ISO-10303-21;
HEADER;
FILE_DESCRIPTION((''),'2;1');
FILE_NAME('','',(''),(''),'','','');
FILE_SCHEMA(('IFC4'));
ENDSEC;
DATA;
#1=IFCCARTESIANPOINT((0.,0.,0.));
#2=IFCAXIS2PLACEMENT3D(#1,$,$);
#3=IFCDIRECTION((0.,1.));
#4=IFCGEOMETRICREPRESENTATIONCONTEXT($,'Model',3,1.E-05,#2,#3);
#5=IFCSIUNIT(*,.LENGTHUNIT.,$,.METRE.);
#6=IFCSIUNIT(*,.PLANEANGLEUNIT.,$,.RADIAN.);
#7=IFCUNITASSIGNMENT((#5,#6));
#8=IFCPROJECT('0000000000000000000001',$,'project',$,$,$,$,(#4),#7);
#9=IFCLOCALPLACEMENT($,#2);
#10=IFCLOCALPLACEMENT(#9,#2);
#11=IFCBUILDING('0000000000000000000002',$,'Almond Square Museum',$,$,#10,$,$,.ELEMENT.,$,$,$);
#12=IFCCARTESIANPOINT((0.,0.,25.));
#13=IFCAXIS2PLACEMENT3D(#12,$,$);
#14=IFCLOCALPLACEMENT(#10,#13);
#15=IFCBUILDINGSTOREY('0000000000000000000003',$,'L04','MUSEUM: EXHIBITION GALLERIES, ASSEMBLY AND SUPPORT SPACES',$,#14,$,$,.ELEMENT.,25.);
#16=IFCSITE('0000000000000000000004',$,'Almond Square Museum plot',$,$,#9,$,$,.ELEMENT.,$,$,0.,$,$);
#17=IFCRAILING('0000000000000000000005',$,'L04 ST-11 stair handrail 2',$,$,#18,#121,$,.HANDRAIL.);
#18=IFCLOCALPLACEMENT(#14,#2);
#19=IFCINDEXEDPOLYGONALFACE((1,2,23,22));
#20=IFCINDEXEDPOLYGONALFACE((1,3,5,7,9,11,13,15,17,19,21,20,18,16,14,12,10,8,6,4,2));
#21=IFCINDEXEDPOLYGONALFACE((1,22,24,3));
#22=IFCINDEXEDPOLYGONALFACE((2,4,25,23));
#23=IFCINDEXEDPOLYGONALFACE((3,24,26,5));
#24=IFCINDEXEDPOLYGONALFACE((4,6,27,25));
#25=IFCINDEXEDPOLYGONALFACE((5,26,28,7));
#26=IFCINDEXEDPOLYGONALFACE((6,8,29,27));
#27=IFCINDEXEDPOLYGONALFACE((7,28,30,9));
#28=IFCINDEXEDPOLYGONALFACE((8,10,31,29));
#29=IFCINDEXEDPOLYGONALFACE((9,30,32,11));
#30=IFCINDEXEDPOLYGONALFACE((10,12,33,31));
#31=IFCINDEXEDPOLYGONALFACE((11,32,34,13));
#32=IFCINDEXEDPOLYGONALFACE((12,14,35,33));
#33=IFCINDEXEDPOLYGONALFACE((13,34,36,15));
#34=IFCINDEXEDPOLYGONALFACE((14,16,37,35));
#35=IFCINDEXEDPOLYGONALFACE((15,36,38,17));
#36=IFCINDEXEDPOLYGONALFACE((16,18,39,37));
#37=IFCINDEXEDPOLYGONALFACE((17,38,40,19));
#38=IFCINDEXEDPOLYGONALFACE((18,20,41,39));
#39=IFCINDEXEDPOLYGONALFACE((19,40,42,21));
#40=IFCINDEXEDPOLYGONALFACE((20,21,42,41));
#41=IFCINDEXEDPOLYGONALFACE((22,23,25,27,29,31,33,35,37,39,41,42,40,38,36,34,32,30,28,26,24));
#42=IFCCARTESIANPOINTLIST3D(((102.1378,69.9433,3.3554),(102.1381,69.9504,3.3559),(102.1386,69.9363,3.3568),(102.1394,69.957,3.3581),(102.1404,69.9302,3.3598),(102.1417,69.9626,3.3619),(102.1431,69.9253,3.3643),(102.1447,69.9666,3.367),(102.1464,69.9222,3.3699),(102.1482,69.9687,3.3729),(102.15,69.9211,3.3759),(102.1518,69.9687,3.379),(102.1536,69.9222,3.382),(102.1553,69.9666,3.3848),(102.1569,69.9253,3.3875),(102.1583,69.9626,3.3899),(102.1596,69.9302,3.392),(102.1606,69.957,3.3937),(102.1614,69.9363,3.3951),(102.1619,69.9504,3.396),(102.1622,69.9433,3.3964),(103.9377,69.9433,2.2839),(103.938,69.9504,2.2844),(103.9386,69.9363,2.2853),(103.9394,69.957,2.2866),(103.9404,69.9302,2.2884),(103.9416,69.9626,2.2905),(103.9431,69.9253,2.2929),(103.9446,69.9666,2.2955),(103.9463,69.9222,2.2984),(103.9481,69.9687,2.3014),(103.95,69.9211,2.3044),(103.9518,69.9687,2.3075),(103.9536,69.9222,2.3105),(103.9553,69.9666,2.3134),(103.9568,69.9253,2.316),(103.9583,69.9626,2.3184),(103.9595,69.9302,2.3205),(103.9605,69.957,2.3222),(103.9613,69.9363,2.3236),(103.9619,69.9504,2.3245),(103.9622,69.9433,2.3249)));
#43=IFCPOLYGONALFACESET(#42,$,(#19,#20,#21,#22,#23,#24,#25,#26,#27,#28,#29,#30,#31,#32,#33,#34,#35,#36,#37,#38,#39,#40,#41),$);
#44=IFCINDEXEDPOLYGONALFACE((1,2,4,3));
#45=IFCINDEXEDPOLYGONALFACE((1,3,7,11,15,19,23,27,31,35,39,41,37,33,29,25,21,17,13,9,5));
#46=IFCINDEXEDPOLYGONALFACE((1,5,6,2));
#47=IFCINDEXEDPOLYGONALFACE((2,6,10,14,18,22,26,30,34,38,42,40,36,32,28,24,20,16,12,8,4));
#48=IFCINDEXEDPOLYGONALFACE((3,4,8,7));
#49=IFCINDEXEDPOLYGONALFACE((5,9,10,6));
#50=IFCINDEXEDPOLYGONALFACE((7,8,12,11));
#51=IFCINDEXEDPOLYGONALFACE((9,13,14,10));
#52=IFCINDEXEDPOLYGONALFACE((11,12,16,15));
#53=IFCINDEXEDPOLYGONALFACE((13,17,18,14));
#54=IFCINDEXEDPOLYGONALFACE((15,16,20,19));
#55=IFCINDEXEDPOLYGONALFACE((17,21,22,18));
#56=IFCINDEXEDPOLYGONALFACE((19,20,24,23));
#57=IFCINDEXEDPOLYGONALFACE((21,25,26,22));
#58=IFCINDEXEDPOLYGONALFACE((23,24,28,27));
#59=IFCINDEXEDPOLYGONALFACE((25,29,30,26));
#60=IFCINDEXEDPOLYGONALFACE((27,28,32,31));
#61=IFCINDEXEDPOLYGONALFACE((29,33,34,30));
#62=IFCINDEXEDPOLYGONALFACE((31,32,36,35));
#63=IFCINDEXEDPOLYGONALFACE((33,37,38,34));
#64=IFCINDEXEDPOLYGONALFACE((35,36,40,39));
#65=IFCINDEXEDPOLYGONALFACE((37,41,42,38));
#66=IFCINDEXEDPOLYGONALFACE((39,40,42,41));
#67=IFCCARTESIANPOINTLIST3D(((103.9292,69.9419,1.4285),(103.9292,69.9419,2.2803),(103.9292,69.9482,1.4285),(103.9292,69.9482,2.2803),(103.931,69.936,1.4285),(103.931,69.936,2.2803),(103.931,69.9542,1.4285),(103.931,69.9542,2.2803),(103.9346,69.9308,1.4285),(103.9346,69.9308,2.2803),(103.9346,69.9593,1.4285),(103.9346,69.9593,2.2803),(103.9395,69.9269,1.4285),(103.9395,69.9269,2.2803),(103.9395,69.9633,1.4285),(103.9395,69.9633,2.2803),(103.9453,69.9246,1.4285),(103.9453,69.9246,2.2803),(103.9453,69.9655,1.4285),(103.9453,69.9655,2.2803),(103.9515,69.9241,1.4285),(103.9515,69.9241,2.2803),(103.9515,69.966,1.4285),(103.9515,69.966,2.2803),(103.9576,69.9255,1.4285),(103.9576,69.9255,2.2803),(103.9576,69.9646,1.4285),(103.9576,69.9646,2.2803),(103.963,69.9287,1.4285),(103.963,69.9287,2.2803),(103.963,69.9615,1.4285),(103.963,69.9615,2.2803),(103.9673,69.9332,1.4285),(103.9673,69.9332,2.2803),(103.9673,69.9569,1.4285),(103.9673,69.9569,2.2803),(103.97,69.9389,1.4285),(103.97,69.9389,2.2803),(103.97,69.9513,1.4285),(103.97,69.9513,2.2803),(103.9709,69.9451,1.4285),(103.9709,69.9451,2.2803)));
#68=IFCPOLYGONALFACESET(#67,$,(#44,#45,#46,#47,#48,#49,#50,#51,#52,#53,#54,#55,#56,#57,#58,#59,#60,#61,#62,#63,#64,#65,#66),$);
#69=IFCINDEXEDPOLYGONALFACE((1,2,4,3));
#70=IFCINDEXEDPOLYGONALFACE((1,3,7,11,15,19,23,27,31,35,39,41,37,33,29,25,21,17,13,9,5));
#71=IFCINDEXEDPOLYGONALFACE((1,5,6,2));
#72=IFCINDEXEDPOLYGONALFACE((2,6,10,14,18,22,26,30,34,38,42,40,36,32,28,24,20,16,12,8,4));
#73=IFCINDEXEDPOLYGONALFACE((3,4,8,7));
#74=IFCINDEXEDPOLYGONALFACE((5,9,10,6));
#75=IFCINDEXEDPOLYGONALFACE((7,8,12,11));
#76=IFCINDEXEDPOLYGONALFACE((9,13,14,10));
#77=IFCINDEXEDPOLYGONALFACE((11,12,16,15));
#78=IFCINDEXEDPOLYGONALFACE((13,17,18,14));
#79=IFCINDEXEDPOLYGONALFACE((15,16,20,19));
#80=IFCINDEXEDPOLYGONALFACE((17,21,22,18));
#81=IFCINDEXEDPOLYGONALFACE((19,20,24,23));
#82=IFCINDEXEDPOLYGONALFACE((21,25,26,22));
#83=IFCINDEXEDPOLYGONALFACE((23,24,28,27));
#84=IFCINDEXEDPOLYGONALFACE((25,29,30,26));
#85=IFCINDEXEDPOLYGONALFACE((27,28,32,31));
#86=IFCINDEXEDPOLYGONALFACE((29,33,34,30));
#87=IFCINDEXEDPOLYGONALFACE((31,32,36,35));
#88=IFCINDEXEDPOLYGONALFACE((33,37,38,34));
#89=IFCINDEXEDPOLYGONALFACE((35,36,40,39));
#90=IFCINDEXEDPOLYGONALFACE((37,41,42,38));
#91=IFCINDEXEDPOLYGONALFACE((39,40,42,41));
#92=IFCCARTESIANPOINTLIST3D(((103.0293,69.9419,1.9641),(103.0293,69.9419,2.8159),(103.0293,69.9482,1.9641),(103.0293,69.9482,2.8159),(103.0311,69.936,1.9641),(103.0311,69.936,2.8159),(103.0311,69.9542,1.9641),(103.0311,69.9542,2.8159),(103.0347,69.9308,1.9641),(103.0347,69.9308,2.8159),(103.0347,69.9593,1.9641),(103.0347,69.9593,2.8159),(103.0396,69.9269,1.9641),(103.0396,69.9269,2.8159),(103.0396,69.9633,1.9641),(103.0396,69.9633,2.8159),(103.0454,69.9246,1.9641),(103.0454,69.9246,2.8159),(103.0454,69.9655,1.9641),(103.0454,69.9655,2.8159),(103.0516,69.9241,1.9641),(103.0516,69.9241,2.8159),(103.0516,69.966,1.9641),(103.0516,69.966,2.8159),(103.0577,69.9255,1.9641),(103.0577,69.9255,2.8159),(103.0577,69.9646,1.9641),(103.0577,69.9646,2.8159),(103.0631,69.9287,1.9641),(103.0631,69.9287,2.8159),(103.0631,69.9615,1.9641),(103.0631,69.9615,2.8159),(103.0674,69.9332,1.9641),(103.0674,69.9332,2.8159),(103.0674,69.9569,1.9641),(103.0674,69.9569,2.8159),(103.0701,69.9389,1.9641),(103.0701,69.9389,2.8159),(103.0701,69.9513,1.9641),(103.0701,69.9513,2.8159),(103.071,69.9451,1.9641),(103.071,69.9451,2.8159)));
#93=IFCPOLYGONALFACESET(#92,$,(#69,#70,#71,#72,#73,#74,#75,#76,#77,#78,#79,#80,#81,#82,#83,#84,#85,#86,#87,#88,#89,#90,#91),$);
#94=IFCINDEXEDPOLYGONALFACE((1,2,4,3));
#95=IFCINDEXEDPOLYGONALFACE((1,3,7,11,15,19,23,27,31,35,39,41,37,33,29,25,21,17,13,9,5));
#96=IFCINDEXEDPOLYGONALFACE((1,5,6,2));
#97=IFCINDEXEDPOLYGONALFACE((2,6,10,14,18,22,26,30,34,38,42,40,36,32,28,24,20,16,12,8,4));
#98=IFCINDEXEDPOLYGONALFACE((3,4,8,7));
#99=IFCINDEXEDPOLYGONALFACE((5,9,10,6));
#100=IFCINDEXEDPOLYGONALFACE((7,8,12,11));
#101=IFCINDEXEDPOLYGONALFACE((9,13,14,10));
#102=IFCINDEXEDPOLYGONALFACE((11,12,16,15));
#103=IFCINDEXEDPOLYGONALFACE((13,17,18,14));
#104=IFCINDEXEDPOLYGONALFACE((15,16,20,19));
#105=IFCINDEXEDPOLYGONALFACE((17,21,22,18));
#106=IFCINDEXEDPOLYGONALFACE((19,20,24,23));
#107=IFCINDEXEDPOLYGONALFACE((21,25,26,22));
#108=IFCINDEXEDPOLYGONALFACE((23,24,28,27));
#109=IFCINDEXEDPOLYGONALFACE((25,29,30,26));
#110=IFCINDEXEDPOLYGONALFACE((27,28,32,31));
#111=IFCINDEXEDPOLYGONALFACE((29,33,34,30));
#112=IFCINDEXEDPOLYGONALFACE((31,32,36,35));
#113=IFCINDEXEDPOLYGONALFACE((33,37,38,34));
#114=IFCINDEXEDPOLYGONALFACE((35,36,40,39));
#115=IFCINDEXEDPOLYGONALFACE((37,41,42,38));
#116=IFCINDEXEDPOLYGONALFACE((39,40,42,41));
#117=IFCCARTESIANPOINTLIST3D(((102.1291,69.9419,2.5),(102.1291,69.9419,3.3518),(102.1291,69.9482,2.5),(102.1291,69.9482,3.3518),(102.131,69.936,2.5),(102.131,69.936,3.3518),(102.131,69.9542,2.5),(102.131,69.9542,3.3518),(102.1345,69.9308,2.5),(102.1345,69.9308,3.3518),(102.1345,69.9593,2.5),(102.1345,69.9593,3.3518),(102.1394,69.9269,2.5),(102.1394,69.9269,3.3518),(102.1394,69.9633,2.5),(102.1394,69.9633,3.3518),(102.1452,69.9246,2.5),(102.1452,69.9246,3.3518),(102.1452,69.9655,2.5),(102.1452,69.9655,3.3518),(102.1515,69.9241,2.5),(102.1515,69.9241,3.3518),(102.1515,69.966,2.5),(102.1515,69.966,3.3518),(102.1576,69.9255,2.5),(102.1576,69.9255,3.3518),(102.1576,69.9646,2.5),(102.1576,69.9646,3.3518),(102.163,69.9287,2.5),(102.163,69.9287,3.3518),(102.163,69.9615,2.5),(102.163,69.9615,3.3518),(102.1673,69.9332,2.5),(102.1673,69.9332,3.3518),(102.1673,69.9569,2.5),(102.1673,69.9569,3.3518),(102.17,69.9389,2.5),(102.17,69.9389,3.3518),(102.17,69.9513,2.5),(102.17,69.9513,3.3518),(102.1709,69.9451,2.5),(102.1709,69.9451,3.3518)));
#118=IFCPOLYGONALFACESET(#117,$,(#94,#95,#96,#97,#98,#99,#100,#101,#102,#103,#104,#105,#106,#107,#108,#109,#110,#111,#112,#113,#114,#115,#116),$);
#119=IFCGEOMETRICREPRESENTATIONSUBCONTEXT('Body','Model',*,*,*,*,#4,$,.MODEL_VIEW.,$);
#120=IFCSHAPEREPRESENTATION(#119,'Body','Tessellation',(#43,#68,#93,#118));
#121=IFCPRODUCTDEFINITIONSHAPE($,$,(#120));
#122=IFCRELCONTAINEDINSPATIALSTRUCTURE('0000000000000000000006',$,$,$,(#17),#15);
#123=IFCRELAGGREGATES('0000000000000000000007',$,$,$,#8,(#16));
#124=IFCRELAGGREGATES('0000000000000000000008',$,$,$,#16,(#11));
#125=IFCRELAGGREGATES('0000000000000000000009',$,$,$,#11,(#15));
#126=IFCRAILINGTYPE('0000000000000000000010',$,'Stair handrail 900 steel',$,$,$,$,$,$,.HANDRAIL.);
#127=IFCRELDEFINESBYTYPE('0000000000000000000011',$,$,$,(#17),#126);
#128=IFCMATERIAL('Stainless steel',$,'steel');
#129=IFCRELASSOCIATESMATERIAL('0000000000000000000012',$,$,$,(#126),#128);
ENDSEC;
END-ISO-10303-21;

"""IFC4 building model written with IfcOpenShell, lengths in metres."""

from ifc_helpers import new_model, si_unit, direction, frame, origin, origin_2d, place, context, subcontext, project, spatial, circle, extrude, material, type_object, element, save


model = new_model("IFC4")

# Units and contexts
model_context = context("Model", 3, precision=1e-05, world=origin(), true_north=direction((0.0, 1.0)))
body_context = subcontext(model_context, "Body", "Model", "MODEL_VIEW")
ifc_project = project(units=[si_unit("LENGTHUNIT", "METRE"), si_unit("PLANEANGLEUNIT", "RADIAN")], contexts=[model_context])

# Site, building, storey
site_placement = place(None, origin())
site = spatial("IfcSite", under=ifc_project, at=site_placement, Name="Almond Square Museum plot", CompositionType="ELEMENT", RefElevation=0.0)
building_placement = place(site_placement, origin())
building = spatial("IfcBuilding", under=site, at=building_placement, Name="Almond Square Museum", CompositionType="ELEMENT")
storey_placement = place(building_placement, frame((0.0, 0.0, 25.0)))
storey = spatial("IfcBuildingStorey", under=building, at=storey_placement, Name="L04", Description="MUSEUM: EXHIBITION GALLERIES, ASSEMBLY AND SUPPORT SPACES", CompositionType="ELEMENT", Elevation=25.0)

# Railing
ifc_material_1 = material(Name="Stainless steel", Category="steel")
railing_type_1 = type_object("IfcRailingType", Name="Stair handrail 900 steel", PredefinedType="HANDRAIL", material=ifc_material_1)
railing_1_placement = place(storey_placement, frame((103.95, 69.9451, 1.4285)))
element("IfcRailing", 1, at=railing_1_placement, inside=storey, type_object=railing_type_1, Name="L04 ST-11 stair handrail 2", PredefinedType="HANDRAIL", context=body_context, shape_type="SweptSolid", body=[
    extrude(circle(Radius=0.0239, at=origin_2d()), frame((0.0, 0.0, 0.876), z_axis=(-0.859277, 0.0, 0.51151), x_axis=(0.0, -1.0, 0.0)), (0.0, 0.0, 1.0), 2.0947),
    extrude(circle(Radius=0.021, at=origin_2d()), origin(), (0.0, 0.0, 1.0), 0.8518),
    extrude(circle(Radius=0.021, at=origin_2d()), frame((-0.8999, 0.0, 0.5356)), (0.0, 0.0, 1.0), 0.8518),
    extrude(circle(Radius=0.021, at=origin_2d()), frame((-1.8, 0.0, 1.0715)), (0.0, 0.0, 1.0), 0.8518),
])

save(model, "model.ifc")
